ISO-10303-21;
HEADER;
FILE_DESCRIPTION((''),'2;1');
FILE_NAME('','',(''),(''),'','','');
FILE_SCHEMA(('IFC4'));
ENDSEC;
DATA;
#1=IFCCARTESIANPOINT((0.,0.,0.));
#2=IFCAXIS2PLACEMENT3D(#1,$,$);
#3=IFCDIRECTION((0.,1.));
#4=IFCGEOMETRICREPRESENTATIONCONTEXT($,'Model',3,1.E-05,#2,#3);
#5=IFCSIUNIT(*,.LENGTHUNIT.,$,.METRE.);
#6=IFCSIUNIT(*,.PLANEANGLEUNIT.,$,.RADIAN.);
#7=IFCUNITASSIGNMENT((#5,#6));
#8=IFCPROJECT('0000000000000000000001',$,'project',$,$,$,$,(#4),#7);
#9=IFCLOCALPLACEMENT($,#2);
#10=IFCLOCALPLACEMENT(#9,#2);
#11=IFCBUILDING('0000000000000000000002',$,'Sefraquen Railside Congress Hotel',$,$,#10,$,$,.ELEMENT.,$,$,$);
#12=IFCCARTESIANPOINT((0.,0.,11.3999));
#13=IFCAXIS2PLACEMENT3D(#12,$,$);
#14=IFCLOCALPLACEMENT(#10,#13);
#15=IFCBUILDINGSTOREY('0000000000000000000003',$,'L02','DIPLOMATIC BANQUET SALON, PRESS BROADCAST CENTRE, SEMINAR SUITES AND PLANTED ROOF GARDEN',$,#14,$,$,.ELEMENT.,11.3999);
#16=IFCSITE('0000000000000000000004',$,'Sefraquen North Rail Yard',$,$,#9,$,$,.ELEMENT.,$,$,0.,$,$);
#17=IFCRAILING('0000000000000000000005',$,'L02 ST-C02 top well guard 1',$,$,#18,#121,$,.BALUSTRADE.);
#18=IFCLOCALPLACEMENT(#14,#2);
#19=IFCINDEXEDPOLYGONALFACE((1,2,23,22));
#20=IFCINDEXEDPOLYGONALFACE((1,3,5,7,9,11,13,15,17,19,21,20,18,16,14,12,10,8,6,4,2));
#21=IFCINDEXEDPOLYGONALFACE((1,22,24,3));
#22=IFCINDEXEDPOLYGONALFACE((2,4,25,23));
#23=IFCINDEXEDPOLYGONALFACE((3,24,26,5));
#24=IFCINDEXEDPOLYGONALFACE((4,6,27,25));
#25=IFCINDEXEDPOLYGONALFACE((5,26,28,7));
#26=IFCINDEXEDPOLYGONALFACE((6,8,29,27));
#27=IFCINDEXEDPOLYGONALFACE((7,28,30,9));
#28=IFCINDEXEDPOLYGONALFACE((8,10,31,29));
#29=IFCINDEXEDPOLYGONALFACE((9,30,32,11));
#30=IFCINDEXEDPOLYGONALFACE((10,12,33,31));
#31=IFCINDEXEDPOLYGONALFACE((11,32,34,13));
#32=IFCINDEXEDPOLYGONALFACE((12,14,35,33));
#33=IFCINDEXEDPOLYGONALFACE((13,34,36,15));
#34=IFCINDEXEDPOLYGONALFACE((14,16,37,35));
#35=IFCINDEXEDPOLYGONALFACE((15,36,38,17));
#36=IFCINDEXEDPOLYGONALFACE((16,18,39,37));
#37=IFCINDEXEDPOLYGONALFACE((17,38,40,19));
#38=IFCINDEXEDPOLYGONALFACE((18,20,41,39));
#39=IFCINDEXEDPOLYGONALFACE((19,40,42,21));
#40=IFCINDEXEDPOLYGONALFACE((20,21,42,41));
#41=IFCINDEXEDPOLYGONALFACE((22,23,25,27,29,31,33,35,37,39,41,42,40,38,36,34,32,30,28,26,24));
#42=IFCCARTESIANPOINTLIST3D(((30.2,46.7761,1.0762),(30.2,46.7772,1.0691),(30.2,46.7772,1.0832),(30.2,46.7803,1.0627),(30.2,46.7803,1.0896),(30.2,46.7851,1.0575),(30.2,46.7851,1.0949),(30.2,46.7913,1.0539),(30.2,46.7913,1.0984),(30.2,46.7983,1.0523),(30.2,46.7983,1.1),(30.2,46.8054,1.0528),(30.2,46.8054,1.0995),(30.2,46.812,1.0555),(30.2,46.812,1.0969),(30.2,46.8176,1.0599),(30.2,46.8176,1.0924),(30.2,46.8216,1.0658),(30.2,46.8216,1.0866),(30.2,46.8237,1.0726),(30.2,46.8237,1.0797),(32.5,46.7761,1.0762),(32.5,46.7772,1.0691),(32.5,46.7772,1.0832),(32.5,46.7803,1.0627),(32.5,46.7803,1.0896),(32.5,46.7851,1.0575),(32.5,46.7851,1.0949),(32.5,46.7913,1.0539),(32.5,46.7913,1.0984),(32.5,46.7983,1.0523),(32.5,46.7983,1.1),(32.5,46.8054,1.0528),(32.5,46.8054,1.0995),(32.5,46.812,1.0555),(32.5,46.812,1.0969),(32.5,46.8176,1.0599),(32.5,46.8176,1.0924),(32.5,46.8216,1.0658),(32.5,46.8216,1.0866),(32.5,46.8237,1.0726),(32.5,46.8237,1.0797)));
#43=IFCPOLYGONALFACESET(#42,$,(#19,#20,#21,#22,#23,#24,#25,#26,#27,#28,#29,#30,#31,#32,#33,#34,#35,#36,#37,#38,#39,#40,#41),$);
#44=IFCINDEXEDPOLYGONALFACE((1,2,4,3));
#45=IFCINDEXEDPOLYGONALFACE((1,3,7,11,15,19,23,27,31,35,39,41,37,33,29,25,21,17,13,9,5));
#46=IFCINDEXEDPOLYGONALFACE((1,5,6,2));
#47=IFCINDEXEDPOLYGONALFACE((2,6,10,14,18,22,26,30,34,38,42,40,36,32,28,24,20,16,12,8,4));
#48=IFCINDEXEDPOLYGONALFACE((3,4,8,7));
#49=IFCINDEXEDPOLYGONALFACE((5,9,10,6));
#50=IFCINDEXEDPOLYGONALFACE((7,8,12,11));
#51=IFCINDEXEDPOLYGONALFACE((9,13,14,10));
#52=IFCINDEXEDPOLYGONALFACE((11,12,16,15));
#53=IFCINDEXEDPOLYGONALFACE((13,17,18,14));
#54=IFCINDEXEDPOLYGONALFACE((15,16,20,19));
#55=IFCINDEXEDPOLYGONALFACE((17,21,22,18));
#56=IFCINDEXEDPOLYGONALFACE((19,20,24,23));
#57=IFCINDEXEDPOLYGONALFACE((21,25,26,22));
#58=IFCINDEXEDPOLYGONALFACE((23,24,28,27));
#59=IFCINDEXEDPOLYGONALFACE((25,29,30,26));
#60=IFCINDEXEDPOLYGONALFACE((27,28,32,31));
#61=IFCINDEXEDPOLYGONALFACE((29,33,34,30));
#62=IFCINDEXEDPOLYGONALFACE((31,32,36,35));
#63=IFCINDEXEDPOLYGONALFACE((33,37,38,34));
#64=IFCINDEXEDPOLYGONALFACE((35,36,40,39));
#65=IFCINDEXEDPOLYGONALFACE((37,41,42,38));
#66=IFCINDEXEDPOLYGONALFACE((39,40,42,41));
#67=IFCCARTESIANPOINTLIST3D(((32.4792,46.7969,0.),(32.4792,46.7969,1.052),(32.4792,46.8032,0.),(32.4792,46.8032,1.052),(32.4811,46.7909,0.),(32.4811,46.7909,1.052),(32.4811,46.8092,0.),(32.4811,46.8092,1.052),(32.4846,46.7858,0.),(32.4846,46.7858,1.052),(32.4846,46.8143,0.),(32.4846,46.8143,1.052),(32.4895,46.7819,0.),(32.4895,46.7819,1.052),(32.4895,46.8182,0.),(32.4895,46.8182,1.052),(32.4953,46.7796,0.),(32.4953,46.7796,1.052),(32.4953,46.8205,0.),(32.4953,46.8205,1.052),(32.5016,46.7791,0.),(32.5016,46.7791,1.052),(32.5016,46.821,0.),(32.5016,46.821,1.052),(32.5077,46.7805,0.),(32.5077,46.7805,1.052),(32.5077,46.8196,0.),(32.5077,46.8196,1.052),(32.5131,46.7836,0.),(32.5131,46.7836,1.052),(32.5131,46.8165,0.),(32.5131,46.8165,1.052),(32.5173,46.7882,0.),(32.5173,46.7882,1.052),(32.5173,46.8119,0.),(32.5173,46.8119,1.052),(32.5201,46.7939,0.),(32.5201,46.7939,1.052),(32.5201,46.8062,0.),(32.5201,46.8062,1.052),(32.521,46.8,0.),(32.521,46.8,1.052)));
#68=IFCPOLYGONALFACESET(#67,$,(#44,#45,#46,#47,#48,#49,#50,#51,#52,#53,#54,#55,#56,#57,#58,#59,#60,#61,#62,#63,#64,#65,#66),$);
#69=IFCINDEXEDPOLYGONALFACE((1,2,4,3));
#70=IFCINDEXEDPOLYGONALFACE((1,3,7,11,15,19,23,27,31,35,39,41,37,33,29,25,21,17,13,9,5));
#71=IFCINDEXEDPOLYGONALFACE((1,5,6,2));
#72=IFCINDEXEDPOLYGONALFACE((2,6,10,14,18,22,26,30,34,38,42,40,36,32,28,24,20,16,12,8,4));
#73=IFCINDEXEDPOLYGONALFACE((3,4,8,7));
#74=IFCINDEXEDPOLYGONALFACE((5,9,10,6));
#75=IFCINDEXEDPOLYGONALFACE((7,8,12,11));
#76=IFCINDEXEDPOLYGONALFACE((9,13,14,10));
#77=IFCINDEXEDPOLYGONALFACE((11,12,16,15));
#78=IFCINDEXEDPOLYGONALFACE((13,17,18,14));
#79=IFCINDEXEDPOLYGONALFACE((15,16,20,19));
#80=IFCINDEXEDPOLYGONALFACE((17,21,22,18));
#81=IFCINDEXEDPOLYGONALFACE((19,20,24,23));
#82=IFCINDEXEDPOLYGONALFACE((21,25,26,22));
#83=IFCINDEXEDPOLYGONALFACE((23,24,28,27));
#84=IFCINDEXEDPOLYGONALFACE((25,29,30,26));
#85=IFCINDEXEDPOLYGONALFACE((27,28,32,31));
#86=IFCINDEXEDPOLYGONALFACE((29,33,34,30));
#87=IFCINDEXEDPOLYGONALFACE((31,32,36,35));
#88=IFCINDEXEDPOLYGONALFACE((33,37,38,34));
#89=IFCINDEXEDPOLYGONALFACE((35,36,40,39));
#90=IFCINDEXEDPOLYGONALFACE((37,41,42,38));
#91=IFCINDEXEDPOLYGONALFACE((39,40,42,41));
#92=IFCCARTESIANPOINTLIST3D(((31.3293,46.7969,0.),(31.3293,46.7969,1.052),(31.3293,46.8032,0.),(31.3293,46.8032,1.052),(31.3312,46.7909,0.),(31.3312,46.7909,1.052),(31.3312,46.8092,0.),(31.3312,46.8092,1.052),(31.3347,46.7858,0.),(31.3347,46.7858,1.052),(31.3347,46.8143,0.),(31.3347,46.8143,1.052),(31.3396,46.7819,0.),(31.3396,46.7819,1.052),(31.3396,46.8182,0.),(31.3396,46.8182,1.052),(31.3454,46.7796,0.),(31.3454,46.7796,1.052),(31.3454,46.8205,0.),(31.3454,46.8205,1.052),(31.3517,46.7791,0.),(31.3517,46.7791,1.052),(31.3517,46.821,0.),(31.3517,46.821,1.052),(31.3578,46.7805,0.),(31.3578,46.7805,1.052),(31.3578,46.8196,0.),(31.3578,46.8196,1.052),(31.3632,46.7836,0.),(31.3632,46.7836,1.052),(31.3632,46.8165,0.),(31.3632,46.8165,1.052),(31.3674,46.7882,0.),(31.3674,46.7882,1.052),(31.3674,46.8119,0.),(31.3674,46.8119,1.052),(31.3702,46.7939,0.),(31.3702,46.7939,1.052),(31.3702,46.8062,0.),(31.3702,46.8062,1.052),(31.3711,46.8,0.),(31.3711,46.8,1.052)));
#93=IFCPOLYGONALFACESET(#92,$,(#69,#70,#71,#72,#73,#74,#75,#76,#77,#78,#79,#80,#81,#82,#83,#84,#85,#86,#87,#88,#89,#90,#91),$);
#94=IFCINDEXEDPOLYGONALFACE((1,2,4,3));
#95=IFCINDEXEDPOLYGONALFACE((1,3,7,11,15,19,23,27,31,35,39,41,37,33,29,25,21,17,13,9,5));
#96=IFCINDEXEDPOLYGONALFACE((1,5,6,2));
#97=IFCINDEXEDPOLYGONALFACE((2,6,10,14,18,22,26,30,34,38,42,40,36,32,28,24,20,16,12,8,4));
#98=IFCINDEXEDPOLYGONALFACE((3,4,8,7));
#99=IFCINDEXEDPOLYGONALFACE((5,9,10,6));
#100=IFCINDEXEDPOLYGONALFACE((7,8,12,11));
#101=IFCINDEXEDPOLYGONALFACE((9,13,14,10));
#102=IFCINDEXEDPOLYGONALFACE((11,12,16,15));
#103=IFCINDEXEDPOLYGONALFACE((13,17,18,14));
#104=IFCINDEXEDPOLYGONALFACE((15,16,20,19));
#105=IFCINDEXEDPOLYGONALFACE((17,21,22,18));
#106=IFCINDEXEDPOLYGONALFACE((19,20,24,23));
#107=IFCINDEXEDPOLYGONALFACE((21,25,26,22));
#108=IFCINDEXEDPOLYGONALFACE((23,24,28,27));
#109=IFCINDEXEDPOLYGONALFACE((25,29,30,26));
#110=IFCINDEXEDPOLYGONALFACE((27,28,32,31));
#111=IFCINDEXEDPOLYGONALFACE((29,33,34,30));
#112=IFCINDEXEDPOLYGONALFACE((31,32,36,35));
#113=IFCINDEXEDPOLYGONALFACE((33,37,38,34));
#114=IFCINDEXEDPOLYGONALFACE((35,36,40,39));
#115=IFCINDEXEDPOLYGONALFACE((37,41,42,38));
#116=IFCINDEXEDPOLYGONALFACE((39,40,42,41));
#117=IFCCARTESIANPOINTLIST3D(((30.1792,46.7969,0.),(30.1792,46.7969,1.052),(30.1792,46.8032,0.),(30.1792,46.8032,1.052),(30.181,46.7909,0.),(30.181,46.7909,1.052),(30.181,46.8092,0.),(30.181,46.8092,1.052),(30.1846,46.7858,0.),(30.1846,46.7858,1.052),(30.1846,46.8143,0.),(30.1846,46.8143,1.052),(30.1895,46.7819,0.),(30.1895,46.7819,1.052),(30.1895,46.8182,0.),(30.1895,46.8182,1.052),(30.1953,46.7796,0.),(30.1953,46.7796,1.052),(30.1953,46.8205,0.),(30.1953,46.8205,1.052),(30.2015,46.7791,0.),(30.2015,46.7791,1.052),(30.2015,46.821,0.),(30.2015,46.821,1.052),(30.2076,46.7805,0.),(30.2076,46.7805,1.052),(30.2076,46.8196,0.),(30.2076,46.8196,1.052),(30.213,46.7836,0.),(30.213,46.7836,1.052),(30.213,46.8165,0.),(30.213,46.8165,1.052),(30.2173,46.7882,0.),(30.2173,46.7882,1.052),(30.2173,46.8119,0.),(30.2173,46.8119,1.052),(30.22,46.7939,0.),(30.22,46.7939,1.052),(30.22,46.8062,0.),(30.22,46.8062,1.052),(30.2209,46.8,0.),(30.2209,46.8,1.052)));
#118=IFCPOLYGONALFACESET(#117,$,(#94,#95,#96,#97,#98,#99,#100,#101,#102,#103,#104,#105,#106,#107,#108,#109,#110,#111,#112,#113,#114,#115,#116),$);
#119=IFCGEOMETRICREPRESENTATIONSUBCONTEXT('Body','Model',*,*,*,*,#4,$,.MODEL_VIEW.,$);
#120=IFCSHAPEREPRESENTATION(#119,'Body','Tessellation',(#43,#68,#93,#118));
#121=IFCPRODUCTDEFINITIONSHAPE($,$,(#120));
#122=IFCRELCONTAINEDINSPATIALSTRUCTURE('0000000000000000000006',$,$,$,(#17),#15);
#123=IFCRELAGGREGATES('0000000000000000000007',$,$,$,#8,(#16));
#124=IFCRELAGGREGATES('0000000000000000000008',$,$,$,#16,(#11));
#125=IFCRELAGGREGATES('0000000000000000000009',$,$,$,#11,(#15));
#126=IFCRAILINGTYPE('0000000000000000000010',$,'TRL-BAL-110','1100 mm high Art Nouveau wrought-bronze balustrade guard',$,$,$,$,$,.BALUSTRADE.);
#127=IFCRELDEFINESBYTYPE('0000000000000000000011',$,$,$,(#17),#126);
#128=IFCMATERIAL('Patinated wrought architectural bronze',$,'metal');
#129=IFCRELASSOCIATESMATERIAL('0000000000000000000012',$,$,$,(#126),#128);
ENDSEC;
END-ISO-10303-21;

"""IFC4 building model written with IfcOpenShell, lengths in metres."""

from ifc_helpers import new_model, si_unit, direction, frame, origin, origin_2d, place, context, subcontext, project, spatial, circle, extrude, material, type_object, element, save


model = new_model("IFC4")

# Units and contexts
model_context = context("Model", 3, precision=1e-05, world=origin(), true_north=direction((0.0, 1.0)))
body_context = subcontext(model_context, "Body", "Model", "MODEL_VIEW")
ifc_project = project(units=[si_unit("LENGTHUNIT", "METRE"), si_unit("PLANEANGLEUNIT", "RADIAN")], contexts=[model_context])

# Site, building, storey
site_placement = place(None, origin())
site = spatial("IfcSite", under=ifc_project, at=site_placement, Name="Sefraquen North Rail Yard", CompositionType="ELEMENT", RefElevation=0.0)
building_placement = place(site_placement, origin())
building = spatial("IfcBuilding", under=site, at=building_placement, Name="Sefraquen Railside Congress Hotel", CompositionType="ELEMENT")
storey_placement = place(building_placement, frame((0.0, 0.0, 11.3999)))
storey = spatial("IfcBuildingStorey", under=building, at=storey_placement, Name="L02", Description="DIPLOMATIC BANQUET SALON, PRESS BROADCAST CENTRE, SEMINAR SUITES AND PLANTED ROOF GARDEN", CompositionType="ELEMENT", Elevation=11.3999)

# Railing
ifc_material_1 = material(Name="Patinated wrought architectural bronze", Category="metal")
railing_type = type_object("IfcRailingType", Name="TRL-BAL-110", Description="1100 mm high Art Nouveau wrought-bronze balustrade guard", PredefinedType="BALUSTRADE", material=ifc_material_1)
railing_placement = place(storey_placement, frame((32.5, 46.8, 0.0)))
element("IfcRailing", 1, at=railing_placement, inside=storey, type_object=railing_type, Name="L02 ST-C02 top well guard 1", PredefinedType="BALUSTRADE", context=body_context, shape_type="SweptSolid", body=[
    extrude(circle(Radius=0.0239, at=origin_2d()), frame((0.0, 0.0, 1.0762), z_axis=(-1.0, 0.0, 0.0), x_axis=(0.0, -1.0, 0.0)), (0.0, 0.0, 1.0), 2.3),
    extrude(circle(Radius=0.021, at=origin_2d()), origin(), (0.0, 0.0, 1.0), 1.052),
    extrude(circle(Radius=0.021, at=origin_2d()), frame((-1.1499, 0.0, 0.0)), (0.0, 0.0, 1.0), 1.052),
    extrude(circle(Radius=0.021, at=origin_2d()), frame((-2.3, 0.0, 0.0)), (0.0, 0.0, 1.0), 1.052),
])

save(model, "model.ifc")
